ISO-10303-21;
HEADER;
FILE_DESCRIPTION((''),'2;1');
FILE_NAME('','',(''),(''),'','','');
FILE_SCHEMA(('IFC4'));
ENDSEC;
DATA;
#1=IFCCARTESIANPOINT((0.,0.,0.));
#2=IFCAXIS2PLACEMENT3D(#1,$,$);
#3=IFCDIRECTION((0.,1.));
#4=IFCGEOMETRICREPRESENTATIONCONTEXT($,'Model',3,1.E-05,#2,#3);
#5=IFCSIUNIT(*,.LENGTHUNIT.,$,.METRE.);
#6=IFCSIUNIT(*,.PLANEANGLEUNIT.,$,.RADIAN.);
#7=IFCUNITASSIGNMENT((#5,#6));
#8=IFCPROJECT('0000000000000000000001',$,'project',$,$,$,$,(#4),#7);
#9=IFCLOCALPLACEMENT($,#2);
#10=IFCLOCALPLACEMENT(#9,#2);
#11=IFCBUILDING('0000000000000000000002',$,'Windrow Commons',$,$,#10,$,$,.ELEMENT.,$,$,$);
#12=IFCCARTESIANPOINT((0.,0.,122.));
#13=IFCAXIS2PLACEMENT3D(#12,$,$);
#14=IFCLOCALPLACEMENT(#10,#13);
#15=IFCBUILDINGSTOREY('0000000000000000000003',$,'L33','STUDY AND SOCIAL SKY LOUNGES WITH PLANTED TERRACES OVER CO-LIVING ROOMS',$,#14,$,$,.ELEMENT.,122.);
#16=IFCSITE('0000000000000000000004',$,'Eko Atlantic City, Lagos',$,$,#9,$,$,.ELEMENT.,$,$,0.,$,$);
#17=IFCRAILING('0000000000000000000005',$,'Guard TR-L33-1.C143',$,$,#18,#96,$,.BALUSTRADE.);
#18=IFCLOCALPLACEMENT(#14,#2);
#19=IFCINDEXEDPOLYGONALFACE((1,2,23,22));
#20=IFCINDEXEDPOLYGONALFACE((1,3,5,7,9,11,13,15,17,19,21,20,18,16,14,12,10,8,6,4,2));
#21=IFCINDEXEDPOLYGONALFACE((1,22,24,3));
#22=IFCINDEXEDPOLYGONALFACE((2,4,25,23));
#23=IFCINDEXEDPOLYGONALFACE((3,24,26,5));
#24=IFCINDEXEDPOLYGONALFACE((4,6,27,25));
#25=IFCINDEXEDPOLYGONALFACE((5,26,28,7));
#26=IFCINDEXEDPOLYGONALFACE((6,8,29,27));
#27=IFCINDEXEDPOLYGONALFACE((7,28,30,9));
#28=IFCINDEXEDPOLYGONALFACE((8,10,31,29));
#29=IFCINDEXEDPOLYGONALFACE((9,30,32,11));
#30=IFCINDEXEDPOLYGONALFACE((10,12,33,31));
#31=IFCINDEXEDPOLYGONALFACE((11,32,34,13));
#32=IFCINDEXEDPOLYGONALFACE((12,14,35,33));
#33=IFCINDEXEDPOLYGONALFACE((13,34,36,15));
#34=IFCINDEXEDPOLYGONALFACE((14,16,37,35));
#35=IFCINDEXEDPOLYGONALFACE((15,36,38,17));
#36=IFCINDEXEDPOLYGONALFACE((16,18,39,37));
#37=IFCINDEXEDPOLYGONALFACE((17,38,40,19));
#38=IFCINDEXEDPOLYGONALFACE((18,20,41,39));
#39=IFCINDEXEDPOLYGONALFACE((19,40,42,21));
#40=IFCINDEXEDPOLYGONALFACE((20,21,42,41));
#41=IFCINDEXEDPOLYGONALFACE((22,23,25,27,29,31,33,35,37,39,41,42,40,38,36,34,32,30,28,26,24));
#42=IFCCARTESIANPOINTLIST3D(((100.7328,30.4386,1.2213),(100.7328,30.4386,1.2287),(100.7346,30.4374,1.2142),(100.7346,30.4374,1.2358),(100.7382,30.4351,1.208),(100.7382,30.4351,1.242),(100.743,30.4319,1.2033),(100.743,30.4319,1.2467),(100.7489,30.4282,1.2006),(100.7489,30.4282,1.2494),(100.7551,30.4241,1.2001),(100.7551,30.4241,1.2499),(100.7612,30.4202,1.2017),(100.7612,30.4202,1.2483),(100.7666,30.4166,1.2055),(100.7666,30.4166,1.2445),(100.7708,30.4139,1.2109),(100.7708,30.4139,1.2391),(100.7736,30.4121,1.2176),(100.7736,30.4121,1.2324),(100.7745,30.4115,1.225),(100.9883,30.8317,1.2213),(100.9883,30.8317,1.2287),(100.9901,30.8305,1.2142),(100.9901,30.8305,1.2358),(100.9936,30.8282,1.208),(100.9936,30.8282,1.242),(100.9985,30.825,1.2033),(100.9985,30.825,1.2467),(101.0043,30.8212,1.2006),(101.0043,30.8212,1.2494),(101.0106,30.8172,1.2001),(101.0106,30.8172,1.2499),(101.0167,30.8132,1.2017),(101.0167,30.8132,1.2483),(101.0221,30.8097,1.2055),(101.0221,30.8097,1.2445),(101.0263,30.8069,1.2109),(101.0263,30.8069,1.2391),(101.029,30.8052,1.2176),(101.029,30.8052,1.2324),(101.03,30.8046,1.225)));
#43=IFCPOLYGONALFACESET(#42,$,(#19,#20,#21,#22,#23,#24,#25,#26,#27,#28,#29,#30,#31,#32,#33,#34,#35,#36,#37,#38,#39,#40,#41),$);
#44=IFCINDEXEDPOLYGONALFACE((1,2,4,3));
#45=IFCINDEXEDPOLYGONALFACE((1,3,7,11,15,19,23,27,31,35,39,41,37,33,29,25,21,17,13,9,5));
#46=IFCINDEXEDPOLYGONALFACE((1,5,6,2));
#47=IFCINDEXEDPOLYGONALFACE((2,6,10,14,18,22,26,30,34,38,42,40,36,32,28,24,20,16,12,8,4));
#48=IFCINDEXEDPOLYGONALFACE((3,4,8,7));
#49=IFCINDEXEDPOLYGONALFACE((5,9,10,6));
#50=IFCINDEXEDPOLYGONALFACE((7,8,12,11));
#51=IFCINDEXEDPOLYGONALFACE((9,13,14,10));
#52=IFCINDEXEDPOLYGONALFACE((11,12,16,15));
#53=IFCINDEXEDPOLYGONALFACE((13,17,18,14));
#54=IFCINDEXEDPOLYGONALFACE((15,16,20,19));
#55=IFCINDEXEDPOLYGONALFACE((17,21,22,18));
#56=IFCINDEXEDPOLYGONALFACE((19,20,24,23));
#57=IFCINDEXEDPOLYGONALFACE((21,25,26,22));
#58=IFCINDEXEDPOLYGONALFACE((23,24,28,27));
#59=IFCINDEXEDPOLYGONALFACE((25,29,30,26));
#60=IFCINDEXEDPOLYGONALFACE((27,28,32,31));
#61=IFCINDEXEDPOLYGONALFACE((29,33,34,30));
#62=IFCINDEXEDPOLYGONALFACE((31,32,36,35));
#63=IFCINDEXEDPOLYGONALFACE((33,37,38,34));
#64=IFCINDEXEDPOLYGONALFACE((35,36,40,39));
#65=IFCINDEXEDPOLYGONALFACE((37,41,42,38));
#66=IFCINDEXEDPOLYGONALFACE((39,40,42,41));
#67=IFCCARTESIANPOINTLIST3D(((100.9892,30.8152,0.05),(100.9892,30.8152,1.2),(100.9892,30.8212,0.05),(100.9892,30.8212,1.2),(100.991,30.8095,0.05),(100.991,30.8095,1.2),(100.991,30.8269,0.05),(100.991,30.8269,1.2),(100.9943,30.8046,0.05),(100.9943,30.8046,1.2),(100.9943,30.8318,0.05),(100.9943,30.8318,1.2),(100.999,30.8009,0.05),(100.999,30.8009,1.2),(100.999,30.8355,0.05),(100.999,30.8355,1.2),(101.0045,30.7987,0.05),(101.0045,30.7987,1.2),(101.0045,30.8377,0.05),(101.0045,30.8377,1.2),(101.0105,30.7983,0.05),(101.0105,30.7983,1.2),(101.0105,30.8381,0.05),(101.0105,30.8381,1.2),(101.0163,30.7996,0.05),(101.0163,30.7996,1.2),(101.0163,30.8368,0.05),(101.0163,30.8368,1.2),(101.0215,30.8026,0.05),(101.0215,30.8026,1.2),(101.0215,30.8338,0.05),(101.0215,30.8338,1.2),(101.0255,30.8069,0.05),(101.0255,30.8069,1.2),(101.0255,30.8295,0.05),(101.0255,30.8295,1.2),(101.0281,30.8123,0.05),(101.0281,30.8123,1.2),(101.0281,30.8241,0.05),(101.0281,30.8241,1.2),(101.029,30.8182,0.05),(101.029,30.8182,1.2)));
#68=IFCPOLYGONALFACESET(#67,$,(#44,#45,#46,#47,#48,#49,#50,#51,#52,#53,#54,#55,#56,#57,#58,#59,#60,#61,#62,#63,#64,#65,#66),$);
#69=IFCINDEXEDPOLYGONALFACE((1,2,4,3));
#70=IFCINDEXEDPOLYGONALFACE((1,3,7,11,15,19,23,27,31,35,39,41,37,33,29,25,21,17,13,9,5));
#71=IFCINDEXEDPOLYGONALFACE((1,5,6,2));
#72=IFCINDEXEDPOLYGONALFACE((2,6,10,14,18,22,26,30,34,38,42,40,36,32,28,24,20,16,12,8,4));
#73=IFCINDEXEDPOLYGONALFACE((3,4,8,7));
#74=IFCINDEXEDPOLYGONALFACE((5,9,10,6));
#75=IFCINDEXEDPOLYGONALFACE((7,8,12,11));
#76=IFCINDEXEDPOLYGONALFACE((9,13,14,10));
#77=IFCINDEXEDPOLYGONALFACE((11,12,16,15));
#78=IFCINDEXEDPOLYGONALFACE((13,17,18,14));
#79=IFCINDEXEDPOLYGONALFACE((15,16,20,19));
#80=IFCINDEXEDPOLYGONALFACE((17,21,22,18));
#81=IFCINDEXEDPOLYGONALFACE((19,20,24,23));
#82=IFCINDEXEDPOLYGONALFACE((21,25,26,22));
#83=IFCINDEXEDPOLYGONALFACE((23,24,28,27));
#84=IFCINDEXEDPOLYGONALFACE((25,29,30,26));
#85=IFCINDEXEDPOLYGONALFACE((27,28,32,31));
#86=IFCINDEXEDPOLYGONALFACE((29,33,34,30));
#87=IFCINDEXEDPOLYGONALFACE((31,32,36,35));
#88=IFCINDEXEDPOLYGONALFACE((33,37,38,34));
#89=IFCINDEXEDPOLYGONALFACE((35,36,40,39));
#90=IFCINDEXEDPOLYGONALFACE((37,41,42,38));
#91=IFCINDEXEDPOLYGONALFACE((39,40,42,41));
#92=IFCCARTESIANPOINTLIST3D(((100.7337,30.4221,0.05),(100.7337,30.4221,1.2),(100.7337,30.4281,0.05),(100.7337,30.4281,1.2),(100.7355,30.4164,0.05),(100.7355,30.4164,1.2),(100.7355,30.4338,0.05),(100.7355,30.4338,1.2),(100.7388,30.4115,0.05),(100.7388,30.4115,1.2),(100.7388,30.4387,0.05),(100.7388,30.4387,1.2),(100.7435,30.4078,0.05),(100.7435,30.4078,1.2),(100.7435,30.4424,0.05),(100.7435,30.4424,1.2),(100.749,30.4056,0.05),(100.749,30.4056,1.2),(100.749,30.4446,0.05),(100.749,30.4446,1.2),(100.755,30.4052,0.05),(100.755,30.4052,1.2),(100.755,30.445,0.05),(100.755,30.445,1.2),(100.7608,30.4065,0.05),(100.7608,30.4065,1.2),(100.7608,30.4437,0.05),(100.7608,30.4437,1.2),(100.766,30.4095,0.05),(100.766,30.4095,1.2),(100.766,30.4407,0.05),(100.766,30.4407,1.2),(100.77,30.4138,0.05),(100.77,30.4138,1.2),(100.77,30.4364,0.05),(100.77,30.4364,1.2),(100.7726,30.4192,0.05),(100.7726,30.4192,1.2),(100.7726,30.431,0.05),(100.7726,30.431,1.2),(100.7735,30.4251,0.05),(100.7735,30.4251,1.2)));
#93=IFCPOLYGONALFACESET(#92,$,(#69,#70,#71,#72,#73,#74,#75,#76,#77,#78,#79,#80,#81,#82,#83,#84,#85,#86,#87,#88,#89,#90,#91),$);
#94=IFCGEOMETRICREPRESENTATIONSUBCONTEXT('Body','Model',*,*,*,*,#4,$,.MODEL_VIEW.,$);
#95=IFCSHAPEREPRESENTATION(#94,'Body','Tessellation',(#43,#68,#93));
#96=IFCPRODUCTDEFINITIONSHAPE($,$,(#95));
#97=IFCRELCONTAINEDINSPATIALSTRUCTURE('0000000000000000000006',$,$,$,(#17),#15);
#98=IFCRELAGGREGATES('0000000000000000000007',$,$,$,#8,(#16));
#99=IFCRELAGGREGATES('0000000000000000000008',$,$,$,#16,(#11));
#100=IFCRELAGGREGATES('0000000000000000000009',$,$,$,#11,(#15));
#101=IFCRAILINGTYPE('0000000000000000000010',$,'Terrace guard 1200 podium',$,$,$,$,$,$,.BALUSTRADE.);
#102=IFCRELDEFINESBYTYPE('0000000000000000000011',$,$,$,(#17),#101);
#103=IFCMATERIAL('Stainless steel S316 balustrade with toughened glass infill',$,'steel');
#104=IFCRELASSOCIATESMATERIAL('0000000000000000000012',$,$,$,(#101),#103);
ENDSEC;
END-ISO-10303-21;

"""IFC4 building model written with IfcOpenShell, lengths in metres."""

from ifc_helpers import new_model, si_unit, direction, frame, origin, origin_2d, place, context, subcontext, project, spatial, circle, extrude, material, type_object, element, save


model = new_model("IFC4")

# Units and contexts
model_context = context("Model", 3, precision=1e-05, world=origin(), true_north=direction((0.0, 1.0)))
body_context = subcontext(model_context, "Body", "Model", "MODEL_VIEW")
ifc_project = project(units=[si_unit("LENGTHUNIT", "METRE"), si_unit("PLANEANGLEUNIT", "RADIAN")], contexts=[model_context])

# Site, building, storey
site_placement = place(None, origin())
site = spatial("IfcSite", under=ifc_project, at=site_placement, Name="Eko Atlantic City, Lagos", CompositionType="ELEMENT", RefElevation=0.0)
building_placement = place(site_placement, origin())
building = spatial("IfcBuilding", under=site, at=building_placement, Name="Windrow Commons", CompositionType="ELEMENT")
storey_placement = place(building_placement, frame((0.0, 0.0, 122.0)))
storey = spatial("IfcBuildingStorey", under=building, at=storey_placement, Name="L33", Description="STUDY AND SOCIAL SKY LOUNGES WITH PLANTED TERRACES OVER CO-LIVING ROOMS", CompositionType="ELEMENT", Elevation=122.0)

# Railing
ifc_material_1 = material(Name="Stainless steel S316 balustrade with toughened glass infill", Category="steel")
railing_type = type_object("IfcRailingType", Name="Terrace guard 1200 podium", PredefinedType="BALUSTRADE", material=ifc_material_1)
railing_1_placement = place(storey_placement, frame((101.009, 30.8182, 0.05)))
element("IfcRailing", 1, at=railing_1_placement, inside=storey, type_object=railing_type, Name="Guard TR-L33-1.C143", PredefinedType="BALUSTRADE", context=body_context, shape_type="SweptSolid", body=[
    extrude(circle(Radius=0.025, at=origin_2d()), frame((0.0, 0.0, 1.175), z_axis=(-0.544966, -0.838458, 0.0), x_axis=(0.838458, -0.544966, 0.0)), (0.0, 0.0, 1.0), 0.4688),
    extrude(circle(Radius=0.02, at=origin_2d()), origin(), (0.0, 0.0, 1.0), 1.15),
    extrude(circle(Radius=0.02, at=origin_2d()), frame((-0.2555, -0.3931, 0.0)), (0.0, 0.0, 1.0), 1.15),
])

save(model, "model.ifc")
